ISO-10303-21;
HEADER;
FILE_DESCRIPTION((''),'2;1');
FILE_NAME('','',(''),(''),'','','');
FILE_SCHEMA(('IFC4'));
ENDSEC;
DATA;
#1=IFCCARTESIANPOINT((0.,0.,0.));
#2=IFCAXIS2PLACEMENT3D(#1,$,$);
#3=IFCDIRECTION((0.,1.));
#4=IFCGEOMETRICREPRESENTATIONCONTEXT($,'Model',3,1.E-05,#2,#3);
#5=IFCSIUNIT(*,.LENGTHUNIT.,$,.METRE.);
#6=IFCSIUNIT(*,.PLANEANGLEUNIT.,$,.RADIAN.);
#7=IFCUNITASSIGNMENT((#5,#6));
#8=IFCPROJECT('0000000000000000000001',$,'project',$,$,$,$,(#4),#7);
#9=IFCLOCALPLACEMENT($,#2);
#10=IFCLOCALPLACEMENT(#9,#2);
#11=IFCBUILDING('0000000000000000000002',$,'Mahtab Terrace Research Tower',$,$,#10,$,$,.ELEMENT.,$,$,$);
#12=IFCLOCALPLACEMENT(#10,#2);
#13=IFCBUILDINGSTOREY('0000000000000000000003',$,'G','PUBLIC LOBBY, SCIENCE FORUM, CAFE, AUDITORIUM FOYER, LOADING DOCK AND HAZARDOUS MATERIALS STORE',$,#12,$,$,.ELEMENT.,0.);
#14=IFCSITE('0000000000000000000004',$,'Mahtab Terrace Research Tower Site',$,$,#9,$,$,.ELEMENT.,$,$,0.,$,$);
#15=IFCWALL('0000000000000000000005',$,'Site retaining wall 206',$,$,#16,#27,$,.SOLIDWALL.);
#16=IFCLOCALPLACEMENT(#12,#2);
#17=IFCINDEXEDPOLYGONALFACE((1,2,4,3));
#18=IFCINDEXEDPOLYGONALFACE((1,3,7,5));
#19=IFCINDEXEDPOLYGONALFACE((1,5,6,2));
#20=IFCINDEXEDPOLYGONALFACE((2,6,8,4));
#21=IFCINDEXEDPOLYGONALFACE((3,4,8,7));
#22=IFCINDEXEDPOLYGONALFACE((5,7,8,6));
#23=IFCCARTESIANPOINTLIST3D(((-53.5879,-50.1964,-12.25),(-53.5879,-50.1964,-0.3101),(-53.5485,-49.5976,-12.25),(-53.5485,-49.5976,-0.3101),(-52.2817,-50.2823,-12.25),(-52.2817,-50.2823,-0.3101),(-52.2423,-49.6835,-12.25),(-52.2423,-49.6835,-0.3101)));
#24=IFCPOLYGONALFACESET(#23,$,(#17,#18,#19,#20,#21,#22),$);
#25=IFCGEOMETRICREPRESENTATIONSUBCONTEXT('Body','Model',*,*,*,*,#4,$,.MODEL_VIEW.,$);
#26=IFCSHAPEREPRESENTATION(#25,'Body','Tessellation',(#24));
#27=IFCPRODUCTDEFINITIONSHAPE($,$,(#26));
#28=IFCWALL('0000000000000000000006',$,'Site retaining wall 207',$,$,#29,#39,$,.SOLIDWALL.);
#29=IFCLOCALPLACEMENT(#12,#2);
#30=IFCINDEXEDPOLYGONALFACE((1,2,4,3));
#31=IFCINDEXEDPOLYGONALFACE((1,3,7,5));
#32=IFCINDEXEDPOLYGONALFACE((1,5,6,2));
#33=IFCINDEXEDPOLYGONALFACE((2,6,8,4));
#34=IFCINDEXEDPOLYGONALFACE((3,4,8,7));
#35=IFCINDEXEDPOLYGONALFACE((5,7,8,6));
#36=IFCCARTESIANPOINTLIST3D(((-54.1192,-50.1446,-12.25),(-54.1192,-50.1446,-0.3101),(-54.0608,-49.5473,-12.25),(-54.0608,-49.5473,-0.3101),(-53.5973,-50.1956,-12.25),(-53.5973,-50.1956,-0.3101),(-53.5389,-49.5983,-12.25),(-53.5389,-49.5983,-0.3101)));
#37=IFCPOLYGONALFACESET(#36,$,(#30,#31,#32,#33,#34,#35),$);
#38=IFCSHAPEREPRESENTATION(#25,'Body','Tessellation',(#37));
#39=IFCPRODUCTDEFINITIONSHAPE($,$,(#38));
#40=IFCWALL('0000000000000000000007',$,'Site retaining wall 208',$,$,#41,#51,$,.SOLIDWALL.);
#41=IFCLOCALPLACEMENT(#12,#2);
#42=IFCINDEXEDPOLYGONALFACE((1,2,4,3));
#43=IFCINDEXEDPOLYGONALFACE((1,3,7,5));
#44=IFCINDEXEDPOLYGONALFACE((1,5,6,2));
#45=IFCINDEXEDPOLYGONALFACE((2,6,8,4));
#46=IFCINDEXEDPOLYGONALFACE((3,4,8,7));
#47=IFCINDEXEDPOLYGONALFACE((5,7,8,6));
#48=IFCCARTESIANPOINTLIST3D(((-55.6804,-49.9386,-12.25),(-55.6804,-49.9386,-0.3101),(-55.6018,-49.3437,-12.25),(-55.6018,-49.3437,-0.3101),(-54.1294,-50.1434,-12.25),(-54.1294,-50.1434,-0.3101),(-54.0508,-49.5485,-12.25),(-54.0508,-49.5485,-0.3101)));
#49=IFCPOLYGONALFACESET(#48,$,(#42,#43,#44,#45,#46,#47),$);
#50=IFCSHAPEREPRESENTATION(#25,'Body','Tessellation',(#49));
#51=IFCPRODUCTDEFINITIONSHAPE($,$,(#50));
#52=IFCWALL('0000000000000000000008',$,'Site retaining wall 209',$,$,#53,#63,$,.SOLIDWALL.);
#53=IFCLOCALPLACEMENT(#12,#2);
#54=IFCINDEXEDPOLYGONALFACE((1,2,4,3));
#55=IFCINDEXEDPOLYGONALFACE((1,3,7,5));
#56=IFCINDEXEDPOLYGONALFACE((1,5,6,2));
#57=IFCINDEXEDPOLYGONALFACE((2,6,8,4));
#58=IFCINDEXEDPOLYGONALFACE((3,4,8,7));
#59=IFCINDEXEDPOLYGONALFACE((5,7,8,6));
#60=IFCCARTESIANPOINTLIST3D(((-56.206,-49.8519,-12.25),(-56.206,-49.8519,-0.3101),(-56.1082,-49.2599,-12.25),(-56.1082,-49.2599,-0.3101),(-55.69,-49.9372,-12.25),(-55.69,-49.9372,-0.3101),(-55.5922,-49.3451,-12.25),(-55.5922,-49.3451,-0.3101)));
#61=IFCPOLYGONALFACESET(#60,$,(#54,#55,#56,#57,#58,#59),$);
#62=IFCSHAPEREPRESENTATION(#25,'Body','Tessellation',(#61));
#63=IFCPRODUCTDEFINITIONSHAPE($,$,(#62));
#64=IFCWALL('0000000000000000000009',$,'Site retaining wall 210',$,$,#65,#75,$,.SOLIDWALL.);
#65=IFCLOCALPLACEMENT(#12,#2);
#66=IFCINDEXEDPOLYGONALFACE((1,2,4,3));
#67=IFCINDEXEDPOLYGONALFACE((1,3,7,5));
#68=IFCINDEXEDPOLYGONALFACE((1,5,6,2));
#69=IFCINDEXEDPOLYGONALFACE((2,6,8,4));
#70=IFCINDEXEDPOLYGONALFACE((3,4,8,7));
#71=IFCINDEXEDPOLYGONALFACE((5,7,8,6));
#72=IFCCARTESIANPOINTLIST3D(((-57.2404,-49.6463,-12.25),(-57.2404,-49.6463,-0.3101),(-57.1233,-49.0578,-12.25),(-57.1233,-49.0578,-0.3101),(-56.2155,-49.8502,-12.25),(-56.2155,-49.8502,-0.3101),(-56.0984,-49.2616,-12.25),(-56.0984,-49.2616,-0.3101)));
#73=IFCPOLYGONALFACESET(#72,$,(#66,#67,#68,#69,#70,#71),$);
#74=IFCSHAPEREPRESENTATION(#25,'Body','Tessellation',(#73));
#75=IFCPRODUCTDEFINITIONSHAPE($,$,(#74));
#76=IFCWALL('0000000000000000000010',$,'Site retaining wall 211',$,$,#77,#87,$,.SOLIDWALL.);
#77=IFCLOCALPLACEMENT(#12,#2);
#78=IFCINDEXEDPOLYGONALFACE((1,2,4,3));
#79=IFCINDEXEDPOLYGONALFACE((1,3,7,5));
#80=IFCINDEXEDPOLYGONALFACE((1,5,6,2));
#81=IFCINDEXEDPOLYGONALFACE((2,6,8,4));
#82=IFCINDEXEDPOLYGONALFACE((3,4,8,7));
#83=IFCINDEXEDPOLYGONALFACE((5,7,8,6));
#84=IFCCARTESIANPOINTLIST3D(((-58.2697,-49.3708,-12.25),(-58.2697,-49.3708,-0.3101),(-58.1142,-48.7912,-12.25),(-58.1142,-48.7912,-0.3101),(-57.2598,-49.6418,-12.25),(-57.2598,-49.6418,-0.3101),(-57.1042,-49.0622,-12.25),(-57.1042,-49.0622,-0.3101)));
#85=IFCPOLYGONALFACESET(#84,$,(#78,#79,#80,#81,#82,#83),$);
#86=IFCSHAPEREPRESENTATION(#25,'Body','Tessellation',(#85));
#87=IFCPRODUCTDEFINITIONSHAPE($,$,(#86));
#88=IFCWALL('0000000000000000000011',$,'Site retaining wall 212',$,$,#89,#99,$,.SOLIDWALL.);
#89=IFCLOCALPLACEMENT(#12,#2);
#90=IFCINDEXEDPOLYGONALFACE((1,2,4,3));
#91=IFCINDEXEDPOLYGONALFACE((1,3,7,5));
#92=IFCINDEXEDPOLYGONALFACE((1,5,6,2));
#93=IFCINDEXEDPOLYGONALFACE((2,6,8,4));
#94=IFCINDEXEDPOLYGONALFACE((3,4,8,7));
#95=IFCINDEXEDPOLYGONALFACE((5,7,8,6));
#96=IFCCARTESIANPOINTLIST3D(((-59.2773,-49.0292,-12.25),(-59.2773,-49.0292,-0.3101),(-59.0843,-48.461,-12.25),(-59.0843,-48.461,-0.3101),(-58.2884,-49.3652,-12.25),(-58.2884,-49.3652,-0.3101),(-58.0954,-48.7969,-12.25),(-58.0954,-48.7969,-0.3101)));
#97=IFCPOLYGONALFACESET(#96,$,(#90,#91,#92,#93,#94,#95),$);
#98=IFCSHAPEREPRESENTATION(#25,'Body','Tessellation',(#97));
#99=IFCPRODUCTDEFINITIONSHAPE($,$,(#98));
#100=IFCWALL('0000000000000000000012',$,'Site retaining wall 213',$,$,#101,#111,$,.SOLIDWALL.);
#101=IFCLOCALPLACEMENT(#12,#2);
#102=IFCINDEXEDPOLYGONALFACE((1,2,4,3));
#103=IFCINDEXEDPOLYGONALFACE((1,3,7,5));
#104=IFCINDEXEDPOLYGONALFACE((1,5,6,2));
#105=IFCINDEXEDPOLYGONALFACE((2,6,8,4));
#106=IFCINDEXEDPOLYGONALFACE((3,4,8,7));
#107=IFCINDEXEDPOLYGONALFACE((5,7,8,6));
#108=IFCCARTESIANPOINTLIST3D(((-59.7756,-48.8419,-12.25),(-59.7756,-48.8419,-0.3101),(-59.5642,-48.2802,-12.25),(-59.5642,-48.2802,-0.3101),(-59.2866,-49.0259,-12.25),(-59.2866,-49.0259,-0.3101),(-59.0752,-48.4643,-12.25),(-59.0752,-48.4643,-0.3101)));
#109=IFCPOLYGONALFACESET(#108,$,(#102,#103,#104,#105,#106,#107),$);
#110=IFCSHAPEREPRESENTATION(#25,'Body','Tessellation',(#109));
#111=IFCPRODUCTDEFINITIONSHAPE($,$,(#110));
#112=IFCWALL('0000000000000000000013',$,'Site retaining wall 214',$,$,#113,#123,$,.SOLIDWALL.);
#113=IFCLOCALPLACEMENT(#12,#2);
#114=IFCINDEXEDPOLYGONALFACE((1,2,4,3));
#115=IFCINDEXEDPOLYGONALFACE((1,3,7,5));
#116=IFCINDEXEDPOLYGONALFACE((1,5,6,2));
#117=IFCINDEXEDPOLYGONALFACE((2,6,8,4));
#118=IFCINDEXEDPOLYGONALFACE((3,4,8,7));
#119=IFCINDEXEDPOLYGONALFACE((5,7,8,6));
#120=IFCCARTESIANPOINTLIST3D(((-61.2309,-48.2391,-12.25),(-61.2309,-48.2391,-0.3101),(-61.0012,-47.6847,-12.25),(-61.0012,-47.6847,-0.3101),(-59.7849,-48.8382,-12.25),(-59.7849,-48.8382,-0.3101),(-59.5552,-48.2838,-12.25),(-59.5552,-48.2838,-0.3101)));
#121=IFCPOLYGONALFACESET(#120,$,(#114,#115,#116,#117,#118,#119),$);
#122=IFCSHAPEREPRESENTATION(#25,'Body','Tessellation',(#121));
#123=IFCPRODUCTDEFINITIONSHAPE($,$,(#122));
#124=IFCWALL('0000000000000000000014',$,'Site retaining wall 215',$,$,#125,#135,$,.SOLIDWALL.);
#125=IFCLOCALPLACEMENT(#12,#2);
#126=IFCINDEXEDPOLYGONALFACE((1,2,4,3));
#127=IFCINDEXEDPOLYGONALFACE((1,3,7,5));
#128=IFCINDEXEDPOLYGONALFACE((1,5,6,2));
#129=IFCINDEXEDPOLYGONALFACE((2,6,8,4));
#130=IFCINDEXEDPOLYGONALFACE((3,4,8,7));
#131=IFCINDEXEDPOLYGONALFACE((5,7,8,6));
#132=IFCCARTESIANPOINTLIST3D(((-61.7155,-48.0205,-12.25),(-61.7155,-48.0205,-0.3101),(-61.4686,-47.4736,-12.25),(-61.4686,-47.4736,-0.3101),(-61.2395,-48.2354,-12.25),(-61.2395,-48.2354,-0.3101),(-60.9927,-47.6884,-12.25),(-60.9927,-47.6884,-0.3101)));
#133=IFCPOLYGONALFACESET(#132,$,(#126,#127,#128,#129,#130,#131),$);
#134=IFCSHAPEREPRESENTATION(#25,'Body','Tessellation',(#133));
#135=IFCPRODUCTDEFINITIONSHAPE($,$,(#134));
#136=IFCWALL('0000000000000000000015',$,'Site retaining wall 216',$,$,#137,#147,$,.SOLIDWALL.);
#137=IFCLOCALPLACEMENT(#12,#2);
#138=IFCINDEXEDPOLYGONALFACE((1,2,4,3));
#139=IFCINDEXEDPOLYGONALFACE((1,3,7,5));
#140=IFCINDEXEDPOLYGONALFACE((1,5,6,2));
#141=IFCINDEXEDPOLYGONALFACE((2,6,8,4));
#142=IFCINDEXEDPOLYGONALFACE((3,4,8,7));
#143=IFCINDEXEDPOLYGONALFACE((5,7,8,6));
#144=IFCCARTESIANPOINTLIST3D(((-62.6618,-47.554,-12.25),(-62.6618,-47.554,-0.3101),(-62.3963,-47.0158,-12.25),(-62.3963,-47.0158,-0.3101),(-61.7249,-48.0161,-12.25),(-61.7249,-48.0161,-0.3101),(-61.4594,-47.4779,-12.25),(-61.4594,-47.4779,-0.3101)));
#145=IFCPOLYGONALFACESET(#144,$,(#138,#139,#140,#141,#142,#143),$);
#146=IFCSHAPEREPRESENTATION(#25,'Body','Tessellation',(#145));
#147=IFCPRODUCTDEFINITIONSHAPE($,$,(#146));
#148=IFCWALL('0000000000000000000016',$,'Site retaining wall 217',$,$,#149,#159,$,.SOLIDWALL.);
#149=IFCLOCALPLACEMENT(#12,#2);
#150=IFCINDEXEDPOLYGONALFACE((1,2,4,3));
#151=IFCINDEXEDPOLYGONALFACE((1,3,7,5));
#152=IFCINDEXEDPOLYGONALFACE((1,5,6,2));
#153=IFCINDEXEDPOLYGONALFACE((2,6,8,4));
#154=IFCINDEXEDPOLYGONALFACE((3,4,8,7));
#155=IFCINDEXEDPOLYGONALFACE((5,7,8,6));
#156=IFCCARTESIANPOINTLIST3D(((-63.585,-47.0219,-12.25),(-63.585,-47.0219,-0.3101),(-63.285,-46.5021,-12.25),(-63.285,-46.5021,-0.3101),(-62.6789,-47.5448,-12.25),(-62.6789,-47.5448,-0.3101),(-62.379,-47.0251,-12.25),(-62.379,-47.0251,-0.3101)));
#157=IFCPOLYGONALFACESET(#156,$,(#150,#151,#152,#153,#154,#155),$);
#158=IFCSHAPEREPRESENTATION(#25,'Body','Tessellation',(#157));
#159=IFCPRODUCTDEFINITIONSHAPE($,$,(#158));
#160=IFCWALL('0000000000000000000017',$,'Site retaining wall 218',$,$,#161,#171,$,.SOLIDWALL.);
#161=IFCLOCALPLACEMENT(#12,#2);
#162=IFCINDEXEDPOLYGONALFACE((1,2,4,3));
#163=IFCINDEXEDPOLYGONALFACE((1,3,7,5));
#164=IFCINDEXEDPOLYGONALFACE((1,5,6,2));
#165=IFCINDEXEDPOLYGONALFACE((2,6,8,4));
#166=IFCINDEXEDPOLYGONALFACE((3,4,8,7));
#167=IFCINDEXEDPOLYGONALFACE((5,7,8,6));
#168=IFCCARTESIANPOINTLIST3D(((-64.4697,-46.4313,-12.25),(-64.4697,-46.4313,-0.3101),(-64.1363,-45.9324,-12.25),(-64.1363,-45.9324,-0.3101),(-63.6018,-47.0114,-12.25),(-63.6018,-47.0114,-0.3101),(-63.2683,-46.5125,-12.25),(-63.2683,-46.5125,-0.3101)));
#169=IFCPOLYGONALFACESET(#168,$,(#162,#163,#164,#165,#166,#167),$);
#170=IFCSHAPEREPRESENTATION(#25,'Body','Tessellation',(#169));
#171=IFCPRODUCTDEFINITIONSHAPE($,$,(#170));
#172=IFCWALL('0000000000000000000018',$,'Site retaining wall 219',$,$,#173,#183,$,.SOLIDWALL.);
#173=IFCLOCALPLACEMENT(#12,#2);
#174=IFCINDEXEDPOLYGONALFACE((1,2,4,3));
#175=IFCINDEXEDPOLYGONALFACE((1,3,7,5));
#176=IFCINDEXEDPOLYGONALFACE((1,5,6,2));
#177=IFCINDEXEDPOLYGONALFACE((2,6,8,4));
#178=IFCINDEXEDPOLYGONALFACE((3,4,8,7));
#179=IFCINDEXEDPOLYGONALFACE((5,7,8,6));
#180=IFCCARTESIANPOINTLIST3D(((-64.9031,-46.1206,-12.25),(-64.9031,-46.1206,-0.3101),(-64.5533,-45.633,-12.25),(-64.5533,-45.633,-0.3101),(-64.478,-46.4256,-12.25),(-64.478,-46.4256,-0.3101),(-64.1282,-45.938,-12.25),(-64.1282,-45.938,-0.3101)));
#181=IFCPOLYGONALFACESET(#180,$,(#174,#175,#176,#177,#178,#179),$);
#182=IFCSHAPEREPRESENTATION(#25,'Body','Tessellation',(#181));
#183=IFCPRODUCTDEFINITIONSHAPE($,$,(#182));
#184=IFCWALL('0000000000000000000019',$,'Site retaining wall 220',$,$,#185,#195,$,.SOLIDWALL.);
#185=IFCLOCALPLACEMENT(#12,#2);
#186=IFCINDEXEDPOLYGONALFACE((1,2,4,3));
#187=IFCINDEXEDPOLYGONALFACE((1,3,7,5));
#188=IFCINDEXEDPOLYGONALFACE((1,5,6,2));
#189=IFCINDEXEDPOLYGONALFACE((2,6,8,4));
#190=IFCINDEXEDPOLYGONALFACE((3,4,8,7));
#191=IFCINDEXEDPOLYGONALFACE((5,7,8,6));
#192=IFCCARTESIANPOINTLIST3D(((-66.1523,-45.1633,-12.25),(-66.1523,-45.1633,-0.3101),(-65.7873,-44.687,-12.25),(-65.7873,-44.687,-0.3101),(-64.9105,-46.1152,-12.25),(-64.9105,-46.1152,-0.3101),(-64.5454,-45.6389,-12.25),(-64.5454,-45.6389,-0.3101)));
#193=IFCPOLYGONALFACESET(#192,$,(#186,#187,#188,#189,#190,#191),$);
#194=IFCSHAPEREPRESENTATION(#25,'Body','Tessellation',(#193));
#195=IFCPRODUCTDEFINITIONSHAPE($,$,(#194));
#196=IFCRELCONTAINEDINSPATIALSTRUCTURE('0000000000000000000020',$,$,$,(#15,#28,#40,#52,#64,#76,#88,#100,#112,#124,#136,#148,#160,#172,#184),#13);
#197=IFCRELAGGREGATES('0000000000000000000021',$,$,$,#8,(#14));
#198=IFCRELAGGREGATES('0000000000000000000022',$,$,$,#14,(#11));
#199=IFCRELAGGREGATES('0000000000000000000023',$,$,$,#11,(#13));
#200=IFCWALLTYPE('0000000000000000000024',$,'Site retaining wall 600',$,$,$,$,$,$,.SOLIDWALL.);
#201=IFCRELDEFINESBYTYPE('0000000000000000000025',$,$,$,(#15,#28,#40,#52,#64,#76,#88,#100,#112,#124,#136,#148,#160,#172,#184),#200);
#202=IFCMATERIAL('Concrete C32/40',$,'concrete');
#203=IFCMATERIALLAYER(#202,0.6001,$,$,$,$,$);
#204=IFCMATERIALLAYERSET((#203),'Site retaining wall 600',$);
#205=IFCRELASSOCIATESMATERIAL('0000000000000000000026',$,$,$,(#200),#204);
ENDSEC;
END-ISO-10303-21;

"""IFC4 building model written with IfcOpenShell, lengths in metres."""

from ifc_helpers import new_model, si_unit, direction, frame, frame_2d, origin, place, context, subcontext, project, spatial, rectangle, extrude, material, layer, layer_set, type_object, element, save


model = new_model("IFC4")

# Units and contexts
model_context = context("Model", 3, precision=1e-05, world=origin(), true_north=direction((0.0, 1.0)))
body_context = subcontext(model_context, "Body", "Model", "MODEL_VIEW")
ifc_project = project(units=[si_unit("LENGTHUNIT", "METRE"), si_unit("PLANEANGLEUNIT", "RADIAN")], contexts=[model_context])

# Site, building, storey
site_placement = place(None, origin())
site = spatial("IfcSite", under=ifc_project, at=site_placement, Name="Mahtab Terrace Research Tower Site", CompositionType="ELEMENT", RefElevation=0.0)
building_placement = place(site_placement, origin())
building = spatial("IfcBuilding", under=site, at=building_placement, Name="Mahtab Terrace Research Tower", CompositionType="ELEMENT")
storey_placement = place(building_placement, origin())
storey = spatial("IfcBuildingStorey", under=building, at=storey_placement, Name="G", Description="PUBLIC LOBBY, SCIENCE FORUM, CAFE, AUDITORIUM FOYER, LOADING DOCK AND HAZARDOUS MATERIALS STORE", CompositionType="ELEMENT", Elevation=0.0)

# Walls
ifc_material = material(Name="Concrete C32/40", Category="concrete")
ifc_layer = layer(ifc_material, 0.6001)
ifc_layer_set = layer_set([ifc_layer], Name="Site retaining wall 600")
wall_type = type_object("IfcWallType", Name="Site retaining wall 600", PredefinedType="SOLIDWALL", material=ifc_layer_set)
wall_1_placement = place(storey_placement, frame((-52.262, -49.9829, -12.25), z_axis=(0.0, 0.0, 1.0), x_axis=(-0.997843, 0.065652, 0.0)))
element("IfcWall", 1, at=wall_1_placement, inside=storey, type_object=wall_type, Name="Site retaining wall 206", PredefinedType="SOLIDWALL", context=body_context, shape_type="SweptSolid", body=[
    extrude(rectangle(XDim=1.3091, YDim=0.6001, at=frame_2d((0.6545, 0.0))), origin(), (0.0, 0.0, 1.0), 11.9399),
])
wall_2_placement = place(storey_placement, frame((-53.5681, -49.897, -12.25), z_axis=(0.0, 0.0, 1.0), x_axis=(-0.995256, 0.097291, 0.0)))
element("IfcWall", 2, at=wall_2_placement, inside=storey, type_object=wall_type, Name="Site retaining wall 207", PredefinedType="SOLIDWALL", context=body_context, shape_type="SweptSolid", body=[
    extrude(rectangle(XDim=0.5244, YDim=0.6001, at=frame_2d((0.2622, 0.0))), origin(), (0.0, 0.0, 1.0), 11.9399),
])
wall_3_placement = place(storey_placement, frame((-54.0901, -49.8459, -12.25), z_axis=(0.0, 0.0, 1.0), x_axis=(-0.991392, 0.130927, 0.0)))
element("IfcWall", 3, at=wall_3_placement, inside=storey, type_object=wall_type, Name="Site retaining wall 208", PredefinedType="SOLIDWALL", context=body_context, shape_type="SweptSolid", body=[
    extrude(rectangle(XDim=1.5645, YDim=0.6001, at=frame_2d((0.7822, 0.0))), origin(), (0.0, 0.0, 1.0), 11.9399),
])
wall_4_placement = place(storey_placement, frame((-55.6411, -49.6411, -12.25), z_axis=(0.0, 0.0, 1.0), x_axis=(-0.986633, 0.16296, 0.0)))
element("IfcWall", 4, at=wall_4_placement, inside=storey, type_object=wall_type, Name="Site retaining wall 209", PredefinedType="SOLIDWALL", context=body_context, shape_type="SweptSolid", body=[
    extrude(rectangle(XDim=0.5229, YDim=0.6001, at=frame_2d((0.2615, 0.0))), origin(), (0.0, 0.0, 1.0), 11.9399),
])
wall_5_placement = place(storey_placement, frame((-56.157, -49.5559, -12.25), z_axis=(0.0, 0.0, 1.0), x_axis=(-0.980787, 0.195083, 0.0)))
element("IfcWall", 5, at=wall_5_placement, inside=storey, type_object=wall_type, Name="Site retaining wall 210", PredefinedType="SOLIDWALL", context=body_context, shape_type="SweptSolid", body=[
    extrude(rectangle(XDim=1.0449, YDim=0.6001, at=frame_2d((0.5225, 0.0))), origin(), (0.0, 0.0, 1.0), 11.9399),
])
wall_6_placement = place(storey_placement, frame((-57.1819, -49.3521, -12.25), z_axis=(0.0, 0.0, 1.0), x_axis=(-0.965839, 0.259145, 0.0)))
element("IfcWall", 6, at=wall_6_placement, inside=storey, type_object=wall_type, Name="Site retaining wall 211", PredefinedType="SOLIDWALL", context=body_context, shape_type="SweptSolid", body=[
    extrude(rectangle(XDim=1.0457, YDim=0.6001, at=frame_2d((0.5229, 0.0))), origin(), (0.0, 0.0, 1.0), 11.9399),
])
wall_7_placement = place(storey_placement, frame((-58.1919, -49.0811, -12.25), z_axis=(0.0, 0.0, 1.0), x_axis=(-0.946868, 0.321622, 0.0)))
element("IfcWall", 7, at=wall_7_placement, inside=storey, type_object=wall_type, Name="Site retaining wall 212", PredefinedType="SOLIDWALL", context=body_context, shape_type="SweptSolid", body=[
    extrude(rectangle(XDim=1.0444, YDim=0.6001, at=frame_2d((0.5222, 0.0))), origin(), (0.0, 0.0, 1.0), 11.9399),
])
wall_8_placement = place(storey_placement, frame((-59.1809, -48.7451, -12.25), z_axis=(0.0, 0.0, 1.0), x_axis=(-0.935887, 0.352301, 0.0)))
element("IfcWall", 8, at=wall_8_placement, inside=storey, type_object=wall_type, Name="Site retaining wall 213", PredefinedType="SOLIDWALL", context=body_context, shape_type="SweptSolid", body=[
    extrude(rectangle(XDim=0.5225, YDim=0.6001, at=frame_2d((0.2612, 0.0))), origin(), (0.0, 0.0, 1.0), 11.9399),
])
wall_9_placement = place(storey_placement, frame((-59.6699, -48.561, -12.25), z_axis=(0.0, 0.0, 1.0), x_axis=(-0.923846, 0.382765, 0.0)))
element("IfcWall", 9, at=wall_9_placement, inside=storey, type_object=wall_type, Name="Site retaining wall 214", PredefinedType="SOLIDWALL", context=body_context, shape_type="SweptSolid", body=[
    extrude(rectangle(XDim=1.5652, YDim=0.6001, at=frame_2d((0.7827, 0.0))), origin(), (0.0, 0.0, 1.0), 11.9399),
])
wall_10_placement = place(storey_placement, frame((-61.116, -47.9619, -12.25), z_axis=(0.0, 0.0, 1.0), x_axis=(-0.911484, 0.411336, 0.0)))
element("IfcWall", 10, at=wall_10_placement, inside=storey, type_object=wall_type, Name="Site retaining wall 215", PredefinedType="SOLIDWALL", context=body_context, shape_type="SweptSolid", body=[
    extrude(rectangle(XDim=0.5222, YDim=0.6001, at=frame_2d((0.2612, 0.0))), origin(), (0.0, 0.0, 1.0), 11.9399),
])
wall_11_placement = place(storey_placement, frame((-61.592, -47.7471, -12.25), z_axis=(0.0, 0.0, 1.0), x_axis=(-0.896844, 0.442347, 0.0)))
element("IfcWall", 11, at=wall_11_placement, inside=storey, type_object=wall_type, Name="Site retaining wall 216", PredefinedType="SOLIDWALL", context=body_context, shape_type="SweptSolid", body=[
    extrude(rectangle(XDim=1.0447, YDim=0.6001, at=frame_2d((0.5225, 0.0))), origin(), (0.0, 0.0, 1.0), 11.9399),
])
wall_12_placement = place(storey_placement, frame((-62.5291, -47.2849, -12.25), z_axis=(0.0, 0.0, 1.0), x_axis=(-0.866081, 0.499904, 0.0)))
element("IfcWall", 12, at=wall_12_placement, inside=storey, type_object=wall_type, Name="Site retaining wall 217", PredefinedType="SOLIDWALL", context=body_context, shape_type="SweptSolid", body=[
    extrude(rectangle(XDim=1.0461, YDim=0.6001, at=frame_2d((0.5229, 0.0))), origin(), (0.0, 0.0, 1.0), 11.9399),
])
wall_13_placement = place(storey_placement, frame((-63.4351, -46.762, -12.25), z_axis=(0.0, 0.0, 1.0), x_axis=(-0.831402, 0.555671, 0.0)))
element("IfcWall", 13, at=wall_13_placement, inside=storey, type_object=wall_type, Name="Site retaining wall 218", PredefinedType="SOLIDWALL", context=body_context, shape_type="SweptSolid", body=[
    extrude(rectangle(XDim=1.0439, YDim=0.6001, at=frame_2d((0.522, 0.0))), origin(), (0.0, 0.0, 1.0), 11.9399),
])
wall_14_placement = place(storey_placement, frame((-64.303, -46.1819, -12.25), z_axis=(0.0, 0.0, 1.0), x_axis=(-0.812533, 0.582915, 0.0)))
element("IfcWall", 14, at=wall_14_placement, inside=storey, type_object=wall_type, Name="Site retaining wall 219", PredefinedType="SOLIDWALL", context=body_context, shape_type="SweptSolid", body=[
    extrude(rectangle(XDim=0.5232, YDim=0.6001, at=frame_2d((0.2617, 0.0))), origin(), (0.0, 0.0, 1.0), 11.9399),
])
wall_15_placement = place(storey_placement, frame((-64.728, -45.877, -12.25), z_axis=(0.0, 0.0, 1.0), x_axis=(-0.793684, 0.60833, 0.0)))
element("IfcWall", 15, at=wall_15_placement, inside=storey, type_object=wall_type, Name="Site retaining wall 220", PredefinedType="SOLIDWALL", context=body_context, shape_type="SweptSolid", body=[
    extrude(rectangle(XDim=1.5647, YDim=0.6001, at=frame_2d((0.7822, 0.0))), origin(), (0.0, 0.0, 1.0), 11.9399),
])

save(model, "model.ifc")
